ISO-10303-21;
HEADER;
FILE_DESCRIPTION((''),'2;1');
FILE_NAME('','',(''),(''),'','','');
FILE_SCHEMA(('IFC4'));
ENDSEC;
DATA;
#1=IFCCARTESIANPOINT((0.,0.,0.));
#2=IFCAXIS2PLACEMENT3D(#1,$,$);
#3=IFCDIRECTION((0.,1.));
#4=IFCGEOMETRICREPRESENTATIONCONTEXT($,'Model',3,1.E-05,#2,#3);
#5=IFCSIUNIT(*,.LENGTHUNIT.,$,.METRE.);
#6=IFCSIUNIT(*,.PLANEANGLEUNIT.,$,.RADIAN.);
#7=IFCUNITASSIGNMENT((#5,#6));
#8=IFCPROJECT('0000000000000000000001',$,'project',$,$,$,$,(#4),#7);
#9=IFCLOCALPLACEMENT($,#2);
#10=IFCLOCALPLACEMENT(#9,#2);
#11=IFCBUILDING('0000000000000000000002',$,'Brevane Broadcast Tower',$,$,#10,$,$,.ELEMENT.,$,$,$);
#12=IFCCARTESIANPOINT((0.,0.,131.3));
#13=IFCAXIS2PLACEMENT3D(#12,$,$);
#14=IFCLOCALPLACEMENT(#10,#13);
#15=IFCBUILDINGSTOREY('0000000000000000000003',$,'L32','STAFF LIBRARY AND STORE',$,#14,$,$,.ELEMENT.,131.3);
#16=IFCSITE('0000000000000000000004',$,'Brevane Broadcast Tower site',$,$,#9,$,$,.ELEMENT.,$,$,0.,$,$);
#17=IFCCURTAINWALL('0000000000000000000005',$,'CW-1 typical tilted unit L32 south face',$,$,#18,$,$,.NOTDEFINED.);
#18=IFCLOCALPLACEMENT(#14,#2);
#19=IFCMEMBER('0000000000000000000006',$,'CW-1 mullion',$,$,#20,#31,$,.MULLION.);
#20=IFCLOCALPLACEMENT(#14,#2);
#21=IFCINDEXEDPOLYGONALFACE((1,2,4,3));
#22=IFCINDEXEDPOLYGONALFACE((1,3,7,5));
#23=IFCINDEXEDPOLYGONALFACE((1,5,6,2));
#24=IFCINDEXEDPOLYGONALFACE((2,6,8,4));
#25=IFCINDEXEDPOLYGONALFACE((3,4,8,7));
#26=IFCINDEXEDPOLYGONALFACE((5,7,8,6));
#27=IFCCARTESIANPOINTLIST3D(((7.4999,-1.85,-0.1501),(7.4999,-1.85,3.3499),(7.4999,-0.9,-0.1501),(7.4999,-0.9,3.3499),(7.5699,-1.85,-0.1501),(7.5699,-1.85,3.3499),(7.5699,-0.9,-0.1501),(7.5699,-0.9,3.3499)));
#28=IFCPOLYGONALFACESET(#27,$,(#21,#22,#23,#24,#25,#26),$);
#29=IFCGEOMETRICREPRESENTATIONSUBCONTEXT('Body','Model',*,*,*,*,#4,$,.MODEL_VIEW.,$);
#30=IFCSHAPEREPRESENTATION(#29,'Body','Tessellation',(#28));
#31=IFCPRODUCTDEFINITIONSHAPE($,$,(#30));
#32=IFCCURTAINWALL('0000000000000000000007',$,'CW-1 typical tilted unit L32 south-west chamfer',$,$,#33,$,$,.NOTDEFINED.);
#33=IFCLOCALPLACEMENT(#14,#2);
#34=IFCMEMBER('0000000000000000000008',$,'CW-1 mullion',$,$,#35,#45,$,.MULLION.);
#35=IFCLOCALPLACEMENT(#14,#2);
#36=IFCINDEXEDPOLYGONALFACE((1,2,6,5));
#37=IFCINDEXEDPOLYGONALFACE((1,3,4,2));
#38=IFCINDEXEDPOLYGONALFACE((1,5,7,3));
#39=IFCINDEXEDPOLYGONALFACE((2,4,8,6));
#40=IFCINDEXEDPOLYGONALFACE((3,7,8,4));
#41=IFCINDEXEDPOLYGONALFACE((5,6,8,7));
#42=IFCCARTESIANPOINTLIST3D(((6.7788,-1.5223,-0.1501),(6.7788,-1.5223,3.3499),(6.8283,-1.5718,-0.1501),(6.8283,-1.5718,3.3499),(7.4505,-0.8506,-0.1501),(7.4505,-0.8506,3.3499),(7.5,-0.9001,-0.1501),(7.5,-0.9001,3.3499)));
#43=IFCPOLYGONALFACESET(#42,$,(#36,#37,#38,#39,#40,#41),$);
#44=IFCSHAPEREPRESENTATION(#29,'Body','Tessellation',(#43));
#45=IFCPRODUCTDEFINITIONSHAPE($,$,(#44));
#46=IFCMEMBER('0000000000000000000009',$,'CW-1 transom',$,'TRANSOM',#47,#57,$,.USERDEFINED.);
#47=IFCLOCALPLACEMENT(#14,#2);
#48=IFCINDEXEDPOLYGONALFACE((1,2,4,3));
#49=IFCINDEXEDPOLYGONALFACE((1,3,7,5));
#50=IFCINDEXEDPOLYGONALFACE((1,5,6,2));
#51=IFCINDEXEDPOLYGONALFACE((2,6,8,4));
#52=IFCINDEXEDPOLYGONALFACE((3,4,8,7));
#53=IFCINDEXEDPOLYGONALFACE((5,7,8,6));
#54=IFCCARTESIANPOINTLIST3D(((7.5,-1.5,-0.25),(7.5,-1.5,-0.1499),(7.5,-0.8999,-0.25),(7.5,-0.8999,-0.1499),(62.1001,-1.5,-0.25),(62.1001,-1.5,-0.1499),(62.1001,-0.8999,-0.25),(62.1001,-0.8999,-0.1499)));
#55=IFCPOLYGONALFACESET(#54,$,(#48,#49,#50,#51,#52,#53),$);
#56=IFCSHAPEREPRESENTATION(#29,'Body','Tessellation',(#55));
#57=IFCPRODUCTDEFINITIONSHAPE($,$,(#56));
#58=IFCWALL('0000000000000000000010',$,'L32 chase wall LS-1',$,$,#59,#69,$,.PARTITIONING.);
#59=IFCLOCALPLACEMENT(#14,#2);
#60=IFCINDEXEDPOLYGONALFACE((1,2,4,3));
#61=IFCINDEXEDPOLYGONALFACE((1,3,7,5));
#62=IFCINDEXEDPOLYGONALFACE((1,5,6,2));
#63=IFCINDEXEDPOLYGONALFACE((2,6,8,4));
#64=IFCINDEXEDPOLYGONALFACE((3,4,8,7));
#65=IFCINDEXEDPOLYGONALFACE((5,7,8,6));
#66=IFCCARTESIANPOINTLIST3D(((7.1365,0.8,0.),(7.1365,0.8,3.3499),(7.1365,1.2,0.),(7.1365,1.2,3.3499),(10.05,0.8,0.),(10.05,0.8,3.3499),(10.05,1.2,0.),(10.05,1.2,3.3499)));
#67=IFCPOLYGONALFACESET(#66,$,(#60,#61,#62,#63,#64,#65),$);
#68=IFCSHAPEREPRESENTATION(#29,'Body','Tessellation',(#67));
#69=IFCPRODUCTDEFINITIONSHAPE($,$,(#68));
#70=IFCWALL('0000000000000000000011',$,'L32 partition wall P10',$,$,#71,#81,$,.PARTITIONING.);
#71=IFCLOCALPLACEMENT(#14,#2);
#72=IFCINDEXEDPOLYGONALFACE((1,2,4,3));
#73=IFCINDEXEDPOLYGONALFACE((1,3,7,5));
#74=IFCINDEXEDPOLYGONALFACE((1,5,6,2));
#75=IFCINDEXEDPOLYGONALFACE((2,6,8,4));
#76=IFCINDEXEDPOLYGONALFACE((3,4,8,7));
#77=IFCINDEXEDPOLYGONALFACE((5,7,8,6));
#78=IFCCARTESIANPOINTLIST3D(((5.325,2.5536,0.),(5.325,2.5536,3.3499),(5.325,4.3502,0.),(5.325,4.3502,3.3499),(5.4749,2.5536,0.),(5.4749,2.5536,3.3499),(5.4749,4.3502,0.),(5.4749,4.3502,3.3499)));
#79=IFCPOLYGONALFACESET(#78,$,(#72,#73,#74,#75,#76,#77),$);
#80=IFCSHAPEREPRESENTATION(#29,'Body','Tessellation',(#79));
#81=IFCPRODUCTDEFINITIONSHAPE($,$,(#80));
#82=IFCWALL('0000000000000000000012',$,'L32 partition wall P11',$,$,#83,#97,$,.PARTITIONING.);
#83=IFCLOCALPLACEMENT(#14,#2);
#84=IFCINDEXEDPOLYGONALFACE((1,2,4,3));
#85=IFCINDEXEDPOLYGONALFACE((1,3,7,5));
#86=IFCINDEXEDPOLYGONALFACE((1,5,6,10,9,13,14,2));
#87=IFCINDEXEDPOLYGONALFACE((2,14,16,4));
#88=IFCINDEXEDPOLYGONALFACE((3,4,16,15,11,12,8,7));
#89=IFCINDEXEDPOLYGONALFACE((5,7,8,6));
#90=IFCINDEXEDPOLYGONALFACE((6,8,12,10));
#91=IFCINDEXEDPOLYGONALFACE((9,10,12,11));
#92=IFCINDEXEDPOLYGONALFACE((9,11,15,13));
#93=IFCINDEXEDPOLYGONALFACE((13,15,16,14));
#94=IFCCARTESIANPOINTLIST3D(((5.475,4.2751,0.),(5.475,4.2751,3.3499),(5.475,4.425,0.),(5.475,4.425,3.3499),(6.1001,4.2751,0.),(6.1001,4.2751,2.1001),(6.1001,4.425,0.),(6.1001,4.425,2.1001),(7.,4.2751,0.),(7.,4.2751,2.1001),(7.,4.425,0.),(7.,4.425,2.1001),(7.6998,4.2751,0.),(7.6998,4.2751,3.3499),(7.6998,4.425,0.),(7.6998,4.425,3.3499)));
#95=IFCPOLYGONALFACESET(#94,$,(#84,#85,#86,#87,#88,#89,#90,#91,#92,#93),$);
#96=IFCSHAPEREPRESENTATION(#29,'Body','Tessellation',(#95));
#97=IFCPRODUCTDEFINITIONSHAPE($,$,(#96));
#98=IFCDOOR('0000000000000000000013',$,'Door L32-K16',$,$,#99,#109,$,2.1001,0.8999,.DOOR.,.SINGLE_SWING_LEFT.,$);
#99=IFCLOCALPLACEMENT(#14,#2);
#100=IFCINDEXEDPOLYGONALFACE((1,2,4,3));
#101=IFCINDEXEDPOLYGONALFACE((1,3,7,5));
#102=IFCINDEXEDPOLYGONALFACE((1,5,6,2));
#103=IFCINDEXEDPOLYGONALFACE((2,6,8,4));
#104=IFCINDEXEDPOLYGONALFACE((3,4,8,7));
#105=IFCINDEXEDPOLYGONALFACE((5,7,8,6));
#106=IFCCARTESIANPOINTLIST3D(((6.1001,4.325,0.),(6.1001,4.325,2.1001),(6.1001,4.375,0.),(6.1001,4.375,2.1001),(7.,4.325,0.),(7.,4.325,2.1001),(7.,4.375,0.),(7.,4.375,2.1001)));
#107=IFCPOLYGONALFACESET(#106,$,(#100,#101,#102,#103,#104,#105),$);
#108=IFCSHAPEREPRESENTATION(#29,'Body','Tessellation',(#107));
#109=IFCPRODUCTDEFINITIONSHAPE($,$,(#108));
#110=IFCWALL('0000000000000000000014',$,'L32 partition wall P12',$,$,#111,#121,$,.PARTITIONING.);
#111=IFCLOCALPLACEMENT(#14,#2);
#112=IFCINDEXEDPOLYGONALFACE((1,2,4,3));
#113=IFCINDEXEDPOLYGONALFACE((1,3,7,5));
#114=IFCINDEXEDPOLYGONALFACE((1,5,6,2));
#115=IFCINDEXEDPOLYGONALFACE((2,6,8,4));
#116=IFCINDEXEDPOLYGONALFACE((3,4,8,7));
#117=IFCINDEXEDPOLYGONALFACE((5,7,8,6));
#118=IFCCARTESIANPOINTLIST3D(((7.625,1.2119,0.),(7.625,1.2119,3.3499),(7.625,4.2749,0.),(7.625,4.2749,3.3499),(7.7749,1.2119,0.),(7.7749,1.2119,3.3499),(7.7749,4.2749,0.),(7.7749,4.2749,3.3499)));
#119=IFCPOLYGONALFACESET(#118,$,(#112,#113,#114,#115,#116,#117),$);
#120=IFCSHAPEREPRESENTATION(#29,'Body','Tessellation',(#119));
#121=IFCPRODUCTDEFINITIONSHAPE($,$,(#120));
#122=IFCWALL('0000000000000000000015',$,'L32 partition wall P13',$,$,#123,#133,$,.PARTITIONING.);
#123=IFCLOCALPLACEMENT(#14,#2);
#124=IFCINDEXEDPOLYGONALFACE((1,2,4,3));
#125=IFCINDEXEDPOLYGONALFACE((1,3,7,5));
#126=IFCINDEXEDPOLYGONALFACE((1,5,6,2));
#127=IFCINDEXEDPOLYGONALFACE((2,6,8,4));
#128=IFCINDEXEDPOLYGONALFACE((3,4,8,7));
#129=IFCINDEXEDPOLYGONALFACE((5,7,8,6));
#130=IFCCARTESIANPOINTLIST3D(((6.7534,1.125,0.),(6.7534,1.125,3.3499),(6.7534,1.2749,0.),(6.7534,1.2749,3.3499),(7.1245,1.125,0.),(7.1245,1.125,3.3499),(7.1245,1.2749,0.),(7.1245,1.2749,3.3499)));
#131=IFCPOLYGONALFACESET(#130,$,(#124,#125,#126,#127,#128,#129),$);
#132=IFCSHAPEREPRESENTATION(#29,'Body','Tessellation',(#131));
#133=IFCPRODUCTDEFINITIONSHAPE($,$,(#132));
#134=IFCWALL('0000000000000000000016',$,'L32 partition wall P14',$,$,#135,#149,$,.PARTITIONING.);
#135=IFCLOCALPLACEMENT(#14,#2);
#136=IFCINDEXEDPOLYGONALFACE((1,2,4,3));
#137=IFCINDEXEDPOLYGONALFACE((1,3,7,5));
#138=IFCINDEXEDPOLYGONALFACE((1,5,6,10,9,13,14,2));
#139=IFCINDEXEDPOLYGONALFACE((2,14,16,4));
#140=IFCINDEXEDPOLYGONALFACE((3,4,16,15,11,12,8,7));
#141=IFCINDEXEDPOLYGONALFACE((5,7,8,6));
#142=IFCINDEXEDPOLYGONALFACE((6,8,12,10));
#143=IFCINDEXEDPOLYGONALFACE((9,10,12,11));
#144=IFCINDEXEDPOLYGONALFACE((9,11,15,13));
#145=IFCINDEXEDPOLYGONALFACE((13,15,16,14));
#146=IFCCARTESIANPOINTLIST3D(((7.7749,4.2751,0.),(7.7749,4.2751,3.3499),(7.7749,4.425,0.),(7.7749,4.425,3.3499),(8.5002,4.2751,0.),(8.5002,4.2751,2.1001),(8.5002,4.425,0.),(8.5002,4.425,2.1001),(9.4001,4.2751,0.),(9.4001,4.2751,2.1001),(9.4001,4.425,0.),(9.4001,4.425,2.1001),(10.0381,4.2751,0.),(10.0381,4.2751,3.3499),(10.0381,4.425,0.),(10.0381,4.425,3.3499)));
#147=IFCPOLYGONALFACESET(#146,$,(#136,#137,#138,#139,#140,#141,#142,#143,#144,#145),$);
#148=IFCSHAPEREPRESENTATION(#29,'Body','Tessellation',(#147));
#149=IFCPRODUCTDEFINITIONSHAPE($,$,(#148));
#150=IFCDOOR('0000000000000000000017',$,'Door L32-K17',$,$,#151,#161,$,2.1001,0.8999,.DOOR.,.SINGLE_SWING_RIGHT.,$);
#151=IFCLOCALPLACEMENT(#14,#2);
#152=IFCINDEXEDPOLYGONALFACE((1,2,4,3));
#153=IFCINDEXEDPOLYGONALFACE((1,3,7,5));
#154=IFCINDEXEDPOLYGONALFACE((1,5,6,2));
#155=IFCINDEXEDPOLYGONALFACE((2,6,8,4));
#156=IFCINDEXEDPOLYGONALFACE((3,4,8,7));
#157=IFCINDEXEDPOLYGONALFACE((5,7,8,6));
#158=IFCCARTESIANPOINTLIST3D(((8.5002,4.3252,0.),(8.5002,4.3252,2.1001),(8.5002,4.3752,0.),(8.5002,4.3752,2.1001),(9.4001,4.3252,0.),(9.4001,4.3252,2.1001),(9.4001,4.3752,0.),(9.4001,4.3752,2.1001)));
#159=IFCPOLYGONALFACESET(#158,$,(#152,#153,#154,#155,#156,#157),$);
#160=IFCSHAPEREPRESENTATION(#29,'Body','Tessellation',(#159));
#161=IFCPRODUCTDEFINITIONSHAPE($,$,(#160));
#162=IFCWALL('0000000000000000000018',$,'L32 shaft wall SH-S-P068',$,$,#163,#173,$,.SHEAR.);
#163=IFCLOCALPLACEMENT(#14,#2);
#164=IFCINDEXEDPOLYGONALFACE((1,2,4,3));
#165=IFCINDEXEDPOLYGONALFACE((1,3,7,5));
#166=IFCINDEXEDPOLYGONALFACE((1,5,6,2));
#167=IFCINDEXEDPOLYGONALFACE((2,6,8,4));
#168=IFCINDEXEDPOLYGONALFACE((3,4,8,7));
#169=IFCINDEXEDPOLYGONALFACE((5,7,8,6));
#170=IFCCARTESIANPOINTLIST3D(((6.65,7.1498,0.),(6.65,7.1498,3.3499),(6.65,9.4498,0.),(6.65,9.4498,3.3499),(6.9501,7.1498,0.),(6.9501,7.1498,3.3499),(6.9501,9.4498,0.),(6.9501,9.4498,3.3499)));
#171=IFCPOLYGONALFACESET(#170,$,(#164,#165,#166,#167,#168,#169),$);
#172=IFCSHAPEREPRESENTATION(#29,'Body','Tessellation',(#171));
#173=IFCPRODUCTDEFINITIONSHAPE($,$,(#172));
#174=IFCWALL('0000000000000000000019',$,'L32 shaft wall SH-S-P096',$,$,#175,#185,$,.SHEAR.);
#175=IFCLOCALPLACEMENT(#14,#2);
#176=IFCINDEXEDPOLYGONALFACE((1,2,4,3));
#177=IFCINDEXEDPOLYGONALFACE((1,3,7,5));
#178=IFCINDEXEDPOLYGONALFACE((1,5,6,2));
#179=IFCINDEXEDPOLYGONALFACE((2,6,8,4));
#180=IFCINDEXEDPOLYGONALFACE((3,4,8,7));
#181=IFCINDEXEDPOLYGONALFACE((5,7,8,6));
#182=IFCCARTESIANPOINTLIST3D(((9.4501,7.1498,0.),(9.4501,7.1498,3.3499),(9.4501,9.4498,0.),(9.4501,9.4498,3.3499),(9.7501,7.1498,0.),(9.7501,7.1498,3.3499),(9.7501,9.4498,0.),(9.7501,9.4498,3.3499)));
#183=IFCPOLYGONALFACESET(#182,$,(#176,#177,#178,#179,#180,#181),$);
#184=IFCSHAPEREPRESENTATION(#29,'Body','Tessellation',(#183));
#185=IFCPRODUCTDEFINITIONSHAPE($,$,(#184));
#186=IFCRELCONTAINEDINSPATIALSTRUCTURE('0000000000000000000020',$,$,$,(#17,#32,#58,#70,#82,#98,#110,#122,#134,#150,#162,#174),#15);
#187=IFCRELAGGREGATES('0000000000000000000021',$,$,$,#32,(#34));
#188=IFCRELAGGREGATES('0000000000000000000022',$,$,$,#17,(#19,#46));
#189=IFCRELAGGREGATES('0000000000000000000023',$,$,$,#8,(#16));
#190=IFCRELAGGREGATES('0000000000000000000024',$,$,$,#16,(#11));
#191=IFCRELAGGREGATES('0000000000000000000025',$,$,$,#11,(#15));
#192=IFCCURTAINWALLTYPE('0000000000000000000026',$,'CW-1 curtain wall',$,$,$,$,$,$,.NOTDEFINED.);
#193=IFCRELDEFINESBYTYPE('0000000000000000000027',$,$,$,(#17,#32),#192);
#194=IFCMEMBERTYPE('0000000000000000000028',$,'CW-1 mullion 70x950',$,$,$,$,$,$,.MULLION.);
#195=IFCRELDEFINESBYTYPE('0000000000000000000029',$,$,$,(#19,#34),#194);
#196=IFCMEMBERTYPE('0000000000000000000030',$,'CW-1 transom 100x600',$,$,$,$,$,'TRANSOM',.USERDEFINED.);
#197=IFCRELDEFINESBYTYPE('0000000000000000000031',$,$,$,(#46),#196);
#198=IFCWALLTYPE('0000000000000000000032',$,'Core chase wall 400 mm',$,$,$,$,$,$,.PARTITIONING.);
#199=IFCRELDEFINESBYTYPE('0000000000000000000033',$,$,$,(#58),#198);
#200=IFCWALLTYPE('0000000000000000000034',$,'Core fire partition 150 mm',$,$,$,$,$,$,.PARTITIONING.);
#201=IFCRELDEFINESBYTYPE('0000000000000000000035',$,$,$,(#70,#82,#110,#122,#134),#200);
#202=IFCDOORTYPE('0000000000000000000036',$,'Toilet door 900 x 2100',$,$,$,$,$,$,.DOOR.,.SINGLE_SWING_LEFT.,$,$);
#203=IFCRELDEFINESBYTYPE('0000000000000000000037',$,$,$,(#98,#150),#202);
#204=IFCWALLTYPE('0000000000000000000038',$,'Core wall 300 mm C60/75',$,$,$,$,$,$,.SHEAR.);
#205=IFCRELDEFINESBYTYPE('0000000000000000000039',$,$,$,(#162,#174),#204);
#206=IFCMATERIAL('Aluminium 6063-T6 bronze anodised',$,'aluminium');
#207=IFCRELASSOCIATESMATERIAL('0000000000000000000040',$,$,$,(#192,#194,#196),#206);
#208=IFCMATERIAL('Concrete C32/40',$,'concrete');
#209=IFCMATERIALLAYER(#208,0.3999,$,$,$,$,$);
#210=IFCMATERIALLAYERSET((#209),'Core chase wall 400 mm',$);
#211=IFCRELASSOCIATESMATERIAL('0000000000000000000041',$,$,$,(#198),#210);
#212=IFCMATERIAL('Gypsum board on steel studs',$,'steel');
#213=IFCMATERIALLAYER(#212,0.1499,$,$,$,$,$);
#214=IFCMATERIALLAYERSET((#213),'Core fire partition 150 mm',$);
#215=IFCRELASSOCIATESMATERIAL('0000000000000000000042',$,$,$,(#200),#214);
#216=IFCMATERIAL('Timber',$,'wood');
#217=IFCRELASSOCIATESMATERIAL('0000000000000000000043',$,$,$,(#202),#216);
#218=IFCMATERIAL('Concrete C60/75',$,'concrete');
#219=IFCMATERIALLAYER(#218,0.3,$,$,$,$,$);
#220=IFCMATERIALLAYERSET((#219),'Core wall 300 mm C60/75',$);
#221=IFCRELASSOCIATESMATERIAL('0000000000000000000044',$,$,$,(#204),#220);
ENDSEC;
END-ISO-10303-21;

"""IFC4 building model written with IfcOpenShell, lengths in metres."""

from ifc_helpers import new_model, si_unit, direction, frame, frame_2d, origin, origin_2d, place, context, subcontext, project, spatial, rectangle, extrude, material, layer, layer_set, material_profile, profile_set, type_object, element, fill, aggregate, save


model = new_model("IFC4")

# Units and contexts
model_context = context("Model", 3, precision=1e-05, world=origin(), true_north=direction((0.0, 1.0)))
body_context = subcontext(model_context, "Body", "Model", "MODEL_VIEW")
ifc_project = project(units=[si_unit("LENGTHUNIT", "METRE"), si_unit("PLANEANGLEUNIT", "RADIAN")], contexts=[model_context])

# Site, building, storey
site_placement = place(None, origin())
site = spatial("IfcSite", under=ifc_project, at=site_placement, Name="Brevane Broadcast Tower site", CompositionType="ELEMENT", RefElevation=0.0)
building_placement = place(site_placement, origin())
building = spatial("IfcBuilding", under=site, at=building_placement, Name="Brevane Broadcast Tower", CompositionType="ELEMENT")
storey_placement = place(building_placement, frame((0.0, 0.0, 131.3)))
storey = spatial("IfcBuildingStorey", under=building, at=storey_placement, Name="L32", Description="STAFF LIBRARY AND STORE", CompositionType="ELEMENT", Elevation=131.3)

# Curtain walls, members
ifc_material_1 = material(Name="Aluminium 6063-T6 bronze anodised", Category="aluminium")
curtain_wall_type = type_object("IfcCurtainWallType", Name="CW-1 curtain wall", PredefinedType="NOTDEFINED", material=ifc_material_1)
curtain_wall_1_placement = place(storey_placement, origin())
curtain_wall_1 = element("IfcCurtainWall", 1, at=curtain_wall_1_placement, inside=storey, type_object=curtain_wall_type, Name="CW-1 typical tilted unit L32 south face", PredefinedType="NOTDEFINED")
ifc_material_profile_1 = material_profile(ifc_material_1, rectangle(XDim=0.95, YDim=0.0701, at=origin_2d()), Name="RECT 70x950")
ifc_profile_set_1 = profile_set([ifc_material_profile_1], Name="Aluminium 6063-T6 bronze anodised")
member_type_1 = type_object("IfcMemberType", Name="CW-1 mullion 70x950", PredefinedType="MULLION", material=ifc_profile_set_1)
member_1_placement = place(storey_placement, frame((7.5349, -1.375, -0.1501), z_axis=(0.0, 0.0, 1.0), x_axis=(0.0, 1.0, 0.0)))
member_1 = element("IfcMember", 2, at=member_1_placement, type_object=member_type_1, Name="CW-1 mullion", PredefinedType="MULLION", context=body_context, shape_type="SweptSolid", body=[
    extrude(rectangle(XDim=0.95, YDim=0.0701, at=origin_2d()), origin(), (0.0, 0.0, 1.0), 3.5),
])
curtain_wall_2_placement = place(storey_placement, origin())
curtain_wall_2 = element("IfcCurtainWall", 3, at=curtain_wall_2_placement, inside=storey, type_object=curtain_wall_type, Name="CW-1 typical tilted unit L32 south-west chamfer", PredefinedType="NOTDEFINED")
member_2_placement = place(storey_placement, frame((7.1394, -1.2112, -0.1501), z_axis=(0.0, 0.0, 1.0), x_axis=(0.707107, 0.707107, 0.0)))
member_2 = element("IfcMember", 4, at=member_2_placement, type_object=member_type_1, Name="CW-1 mullion", PredefinedType="MULLION", context=body_context, shape_type="SweptSolid", body=[
    extrude(rectangle(XDim=0.95, YDim=0.0701, at=origin_2d()), origin(), (0.0, 0.0, 1.0), 3.5),
])
aggregate(curtain_wall_2, [member_2])

# Member
ifc_material_profile_2 = material_profile(ifc_material_1, rectangle(XDim=0.6001, YDim=0.1001, at=origin_2d()), Name="RECT 100x600")
ifc_profile_set_2 = profile_set([ifc_material_profile_2], Name="Aluminium 6063-T6 bronze anodised")
member_type_2 = type_object("IfcMemberType", Name="CW-1 transom 100x600", ElementType="TRANSOM", PredefinedType="USERDEFINED", material=ifc_profile_set_2)
member_3_placement = place(storey_placement, frame((7.5, -1.2, -0.2), z_axis=(1.0, 0.0, 0.0), x_axis=(0.0, 1.0, 0.0)))
member_3 = element("IfcMember", 5, at=member_3_placement, type_object=member_type_2, Name="CW-1 transom", ObjectType="TRANSOM", PredefinedType="USERDEFINED", context=body_context, shape_type="SweptSolid", body=[
    extrude(rectangle(XDim=0.6001, YDim=0.1001, at=origin_2d()), origin(), (0.0, 0.0, 1.0), 54.6001),
])
aggregate(curtain_wall_1, [member_1, member_3])

# Walls
ifc_material_2 = material(Name="Concrete C32/40", Category="concrete")
ifc_layer_1 = layer(ifc_material_2, 0.3999)
ifc_layer_set_1 = layer_set([ifc_layer_1], Name="Core chase wall 400 mm")
wall_type_1 = type_object("IfcWallType", Name="Core chase wall 400 mm", PredefinedType="PARTITIONING", material=ifc_layer_set_1)
wall_1_placement = place(storey_placement, frame((7.1365, 1.0, 0.0), z_axis=(0.0, 0.0, 1.0), x_axis=(1.0, 0.0, 0.0)))
element("IfcWall", 6, at=wall_1_placement, inside=storey, type_object=wall_type_1, Name="L32 chase wall LS-1", PredefinedType="PARTITIONING", context=body_context, shape_type="SweptSolid", body=[
    extrude(rectangle(XDim=2.9136, YDim=0.3999, at=frame_2d((1.4568, 0.0))), origin(), (0.0, 0.0, 1.0), 3.3499),
])
ifc_material_3 = material(Name="Gypsum board on steel studs", Category="steel")
ifc_layer_2 = layer(ifc_material_3, 0.1499)
ifc_layer_set_2 = layer_set([ifc_layer_2], Name="Core fire partition 150 mm")
wall_type_2 = type_object("IfcWallType", Name="Core fire partition 150 mm", PredefinedType="PARTITIONING", material=ifc_layer_set_2)
wall_2_placement = place(storey_placement, frame((5.3999, 2.5535, 0.0), z_axis=(0.0, 0.0, 1.0), x_axis=(0.0, 1.0, 0.0)))
element("IfcWall", 7, at=wall_2_placement, inside=storey, type_object=wall_type_2, Name="L32 partition wall P10", PredefinedType="PARTITIONING", context=body_context, shape_type="SweptSolid", body=[
    extrude(rectangle(XDim=1.7966, YDim=0.1499, at=frame_2d((0.8984, 0.0))), origin(), (0.0, 0.0, 1.0), 3.3499),
])

# Wall, opening, door
wall_3_placement = place(storey_placement, frame((5.4751, 4.3501, 0.0), z_axis=(0.0, 0.0, 1.0), x_axis=(1.0, 0.0, 0.0)))
wall_3 = element("IfcWall", 8, at=wall_3_placement, inside=storey, type_object=wall_type_2, Name="L32 partition wall P11", PredefinedType="PARTITIONING", context=body_context, shape_type="SweptSolid", body=[
    extrude(rectangle(XDim=2.2249, YDim=0.1499, at=frame_2d((1.1123, 0.0))), origin(), (0.0, 0.0, 1.0), 3.3499),
])
opening_1_placement = place(wall_3_placement, frame((0.625, 0.0, 0.0)))
opening_1 = element("IfcOpeningElement", 9, at=opening_1_placement, cuts=wall_3, PredefinedType="OPENING", context=body_context, shape_type="SweptSolid", body=[
    extrude(rectangle(XDim=0.8999, YDim=2.1001, at=frame_2d((0.45, 1.05))), frame((0.0, 0.085, 0.0), z_axis=(0.0, -1.0, 0.0), x_axis=(1.0, 0.0, 0.0)), (0.0, 0.0, 1.0), 0.1699),
])
ifc_material_4 = material(Name="Timber", Category="wood")
door_type = type_object("IfcDoorType", Name="Toilet door 900 x 2100", OperationType="SINGLE_SWING_LEFT", PredefinedType="DOOR", material=ifc_material_4)
door_1_placement = place(opening_1_placement, origin())
door_1 = element("IfcDoor", 10, at=door_1_placement, inside=storey, type_object=door_type, Name="Door L32-K16", OperationType="SINGLE_SWING_LEFT", OverallHeight=2.1001, OverallWidth=0.8999, PredefinedType="DOOR", context=body_context, shape_type="SweptSolid", body=[
    extrude(rectangle(XDim=0.8999, YDim=2.1001, at=frame_2d((0.45, 1.05))), frame((0.0, 0.0249, 0.0), z_axis=(0.0, -1.0, 0.0), x_axis=(1.0, 0.0, 0.0)), (0.0, 0.0, 1.0), 0.05),
])
fill(opening_1, door_1)

# Walls
wall_4_placement = place(storey_placement, frame((7.7, 4.2749, 0.0), z_axis=(0.0, 0.0, 1.0), x_axis=(0.0, -1.0, 0.0)))
element("IfcWall", 11, at=wall_4_placement, inside=storey, type_object=wall_type_2, Name="L32 partition wall P12", PredefinedType="PARTITIONING", context=body_context, shape_type="SweptSolid", body=[
    extrude(rectangle(XDim=3.063, YDim=0.1499, at=frame_2d((1.5315, 0.0))), origin(), (0.0, 0.0, 1.0), 3.3499),
])
wall_5_placement = place(storey_placement, frame((7.1245, 1.2, 0.0), z_axis=(0.0, 0.0, 1.0), x_axis=(-1.0, 0.0, 0.0)))
element("IfcWall", 12, at=wall_5_placement, inside=storey, type_object=wall_type_2, Name="L32 partition wall P13", PredefinedType="PARTITIONING", context=body_context, shape_type="SweptSolid", body=[
    extrude(rectangle(XDim=0.3711, YDim=0.1499, at=frame_2d((0.1855, 0.0))), origin(), (0.0, 0.0, 1.0), 3.3499),
])

# Wall, opening, door
wall_6_placement = place(storey_placement, frame((10.0381, 4.3501, 0.0), z_axis=(0.0, 0.0, 1.0), x_axis=(-1.0, 0.0, 0.0)))
wall_6 = element("IfcWall", 13, at=wall_6_placement, inside=storey, type_object=wall_type_2, Name="L32 partition wall P14", PredefinedType="PARTITIONING", context=body_context, shape_type="SweptSolid", body=[
    extrude(rectangle(XDim=2.2632, YDim=0.1499, at=frame_2d((1.1316, 0.0))), origin(), (0.0, 0.0, 1.0), 3.3499),
])
opening_2_placement = place(wall_6_placement, frame((0.6379, 0.0, 0.0)))
opening_2 = element("IfcOpeningElement", 14, at=opening_2_placement, cuts=wall_6, PredefinedType="OPENING", context=body_context, shape_type="SweptSolid", body=[
    extrude(rectangle(XDim=0.8999, YDim=2.1001, at=frame_2d((0.45, 1.05))), frame((0.0, 0.085, 0.0), z_axis=(0.0, -1.0, 0.0), x_axis=(1.0, 0.0, 0.0)), (0.0, 0.0, 1.0), 0.1699),
])
door_2_placement = place(opening_2_placement, origin())
door_2 = element("IfcDoor", 15, at=door_2_placement, inside=storey, type_object=door_type, Name="Door L32-K17", OperationType="SINGLE_SWING_RIGHT", OverallHeight=2.1001, OverallWidth=0.8999, PredefinedType="DOOR", context=body_context, shape_type="SweptSolid", body=[
    extrude(rectangle(XDim=0.8999, YDim=2.1001, at=frame_2d((0.45, 1.05))), frame((0.0, 0.0249, 0.0), z_axis=(0.0, -1.0, 0.0), x_axis=(1.0, 0.0, 0.0)), (0.0, 0.0, 1.0), 0.05),
])
fill(opening_2, door_2)

# Walls
ifc_material_5 = material(Name="Concrete C60/75", Category="concrete")
ifc_layer_3 = layer(ifc_material_5, 0.3)
ifc_layer_set_3 = layer_set([ifc_layer_3], Name="Core wall 300 mm C60/75")
wall_type_3 = type_object("IfcWallType", Name="Core wall 300 mm C60/75", PredefinedType="SHEAR", material=ifc_layer_set_3)
for number, where, z_axis, x_axis, name in (
    (16, (6.8, 7.1499, 0.0), (0.0, 0.0, 1.0), (0.0, 1.0, 0.0), "L32 shaft wall SH-S-P068"),
    (17, (9.6001, 7.1499, 0.0), (0.0, 0.0, 1.0), (0.0, 1.0, 0.0), "L32 shaft wall SH-S-P096"),
):
    element("IfcWall", number, at=place(storey_placement, frame(where, z_axis=z_axis, x_axis=x_axis)), inside=storey, type_object=wall_type_3, Name=name, PredefinedType="SHEAR", context=body_context, shape_type="SweptSolid", body=[
        extrude(rectangle(XDim=2.3, YDim=0.3, at=frame_2d((1.1499, 0.0))), origin(), (0.0, 0.0, 1.0), 3.3499),
    ])

save(model, "model.ifc")
